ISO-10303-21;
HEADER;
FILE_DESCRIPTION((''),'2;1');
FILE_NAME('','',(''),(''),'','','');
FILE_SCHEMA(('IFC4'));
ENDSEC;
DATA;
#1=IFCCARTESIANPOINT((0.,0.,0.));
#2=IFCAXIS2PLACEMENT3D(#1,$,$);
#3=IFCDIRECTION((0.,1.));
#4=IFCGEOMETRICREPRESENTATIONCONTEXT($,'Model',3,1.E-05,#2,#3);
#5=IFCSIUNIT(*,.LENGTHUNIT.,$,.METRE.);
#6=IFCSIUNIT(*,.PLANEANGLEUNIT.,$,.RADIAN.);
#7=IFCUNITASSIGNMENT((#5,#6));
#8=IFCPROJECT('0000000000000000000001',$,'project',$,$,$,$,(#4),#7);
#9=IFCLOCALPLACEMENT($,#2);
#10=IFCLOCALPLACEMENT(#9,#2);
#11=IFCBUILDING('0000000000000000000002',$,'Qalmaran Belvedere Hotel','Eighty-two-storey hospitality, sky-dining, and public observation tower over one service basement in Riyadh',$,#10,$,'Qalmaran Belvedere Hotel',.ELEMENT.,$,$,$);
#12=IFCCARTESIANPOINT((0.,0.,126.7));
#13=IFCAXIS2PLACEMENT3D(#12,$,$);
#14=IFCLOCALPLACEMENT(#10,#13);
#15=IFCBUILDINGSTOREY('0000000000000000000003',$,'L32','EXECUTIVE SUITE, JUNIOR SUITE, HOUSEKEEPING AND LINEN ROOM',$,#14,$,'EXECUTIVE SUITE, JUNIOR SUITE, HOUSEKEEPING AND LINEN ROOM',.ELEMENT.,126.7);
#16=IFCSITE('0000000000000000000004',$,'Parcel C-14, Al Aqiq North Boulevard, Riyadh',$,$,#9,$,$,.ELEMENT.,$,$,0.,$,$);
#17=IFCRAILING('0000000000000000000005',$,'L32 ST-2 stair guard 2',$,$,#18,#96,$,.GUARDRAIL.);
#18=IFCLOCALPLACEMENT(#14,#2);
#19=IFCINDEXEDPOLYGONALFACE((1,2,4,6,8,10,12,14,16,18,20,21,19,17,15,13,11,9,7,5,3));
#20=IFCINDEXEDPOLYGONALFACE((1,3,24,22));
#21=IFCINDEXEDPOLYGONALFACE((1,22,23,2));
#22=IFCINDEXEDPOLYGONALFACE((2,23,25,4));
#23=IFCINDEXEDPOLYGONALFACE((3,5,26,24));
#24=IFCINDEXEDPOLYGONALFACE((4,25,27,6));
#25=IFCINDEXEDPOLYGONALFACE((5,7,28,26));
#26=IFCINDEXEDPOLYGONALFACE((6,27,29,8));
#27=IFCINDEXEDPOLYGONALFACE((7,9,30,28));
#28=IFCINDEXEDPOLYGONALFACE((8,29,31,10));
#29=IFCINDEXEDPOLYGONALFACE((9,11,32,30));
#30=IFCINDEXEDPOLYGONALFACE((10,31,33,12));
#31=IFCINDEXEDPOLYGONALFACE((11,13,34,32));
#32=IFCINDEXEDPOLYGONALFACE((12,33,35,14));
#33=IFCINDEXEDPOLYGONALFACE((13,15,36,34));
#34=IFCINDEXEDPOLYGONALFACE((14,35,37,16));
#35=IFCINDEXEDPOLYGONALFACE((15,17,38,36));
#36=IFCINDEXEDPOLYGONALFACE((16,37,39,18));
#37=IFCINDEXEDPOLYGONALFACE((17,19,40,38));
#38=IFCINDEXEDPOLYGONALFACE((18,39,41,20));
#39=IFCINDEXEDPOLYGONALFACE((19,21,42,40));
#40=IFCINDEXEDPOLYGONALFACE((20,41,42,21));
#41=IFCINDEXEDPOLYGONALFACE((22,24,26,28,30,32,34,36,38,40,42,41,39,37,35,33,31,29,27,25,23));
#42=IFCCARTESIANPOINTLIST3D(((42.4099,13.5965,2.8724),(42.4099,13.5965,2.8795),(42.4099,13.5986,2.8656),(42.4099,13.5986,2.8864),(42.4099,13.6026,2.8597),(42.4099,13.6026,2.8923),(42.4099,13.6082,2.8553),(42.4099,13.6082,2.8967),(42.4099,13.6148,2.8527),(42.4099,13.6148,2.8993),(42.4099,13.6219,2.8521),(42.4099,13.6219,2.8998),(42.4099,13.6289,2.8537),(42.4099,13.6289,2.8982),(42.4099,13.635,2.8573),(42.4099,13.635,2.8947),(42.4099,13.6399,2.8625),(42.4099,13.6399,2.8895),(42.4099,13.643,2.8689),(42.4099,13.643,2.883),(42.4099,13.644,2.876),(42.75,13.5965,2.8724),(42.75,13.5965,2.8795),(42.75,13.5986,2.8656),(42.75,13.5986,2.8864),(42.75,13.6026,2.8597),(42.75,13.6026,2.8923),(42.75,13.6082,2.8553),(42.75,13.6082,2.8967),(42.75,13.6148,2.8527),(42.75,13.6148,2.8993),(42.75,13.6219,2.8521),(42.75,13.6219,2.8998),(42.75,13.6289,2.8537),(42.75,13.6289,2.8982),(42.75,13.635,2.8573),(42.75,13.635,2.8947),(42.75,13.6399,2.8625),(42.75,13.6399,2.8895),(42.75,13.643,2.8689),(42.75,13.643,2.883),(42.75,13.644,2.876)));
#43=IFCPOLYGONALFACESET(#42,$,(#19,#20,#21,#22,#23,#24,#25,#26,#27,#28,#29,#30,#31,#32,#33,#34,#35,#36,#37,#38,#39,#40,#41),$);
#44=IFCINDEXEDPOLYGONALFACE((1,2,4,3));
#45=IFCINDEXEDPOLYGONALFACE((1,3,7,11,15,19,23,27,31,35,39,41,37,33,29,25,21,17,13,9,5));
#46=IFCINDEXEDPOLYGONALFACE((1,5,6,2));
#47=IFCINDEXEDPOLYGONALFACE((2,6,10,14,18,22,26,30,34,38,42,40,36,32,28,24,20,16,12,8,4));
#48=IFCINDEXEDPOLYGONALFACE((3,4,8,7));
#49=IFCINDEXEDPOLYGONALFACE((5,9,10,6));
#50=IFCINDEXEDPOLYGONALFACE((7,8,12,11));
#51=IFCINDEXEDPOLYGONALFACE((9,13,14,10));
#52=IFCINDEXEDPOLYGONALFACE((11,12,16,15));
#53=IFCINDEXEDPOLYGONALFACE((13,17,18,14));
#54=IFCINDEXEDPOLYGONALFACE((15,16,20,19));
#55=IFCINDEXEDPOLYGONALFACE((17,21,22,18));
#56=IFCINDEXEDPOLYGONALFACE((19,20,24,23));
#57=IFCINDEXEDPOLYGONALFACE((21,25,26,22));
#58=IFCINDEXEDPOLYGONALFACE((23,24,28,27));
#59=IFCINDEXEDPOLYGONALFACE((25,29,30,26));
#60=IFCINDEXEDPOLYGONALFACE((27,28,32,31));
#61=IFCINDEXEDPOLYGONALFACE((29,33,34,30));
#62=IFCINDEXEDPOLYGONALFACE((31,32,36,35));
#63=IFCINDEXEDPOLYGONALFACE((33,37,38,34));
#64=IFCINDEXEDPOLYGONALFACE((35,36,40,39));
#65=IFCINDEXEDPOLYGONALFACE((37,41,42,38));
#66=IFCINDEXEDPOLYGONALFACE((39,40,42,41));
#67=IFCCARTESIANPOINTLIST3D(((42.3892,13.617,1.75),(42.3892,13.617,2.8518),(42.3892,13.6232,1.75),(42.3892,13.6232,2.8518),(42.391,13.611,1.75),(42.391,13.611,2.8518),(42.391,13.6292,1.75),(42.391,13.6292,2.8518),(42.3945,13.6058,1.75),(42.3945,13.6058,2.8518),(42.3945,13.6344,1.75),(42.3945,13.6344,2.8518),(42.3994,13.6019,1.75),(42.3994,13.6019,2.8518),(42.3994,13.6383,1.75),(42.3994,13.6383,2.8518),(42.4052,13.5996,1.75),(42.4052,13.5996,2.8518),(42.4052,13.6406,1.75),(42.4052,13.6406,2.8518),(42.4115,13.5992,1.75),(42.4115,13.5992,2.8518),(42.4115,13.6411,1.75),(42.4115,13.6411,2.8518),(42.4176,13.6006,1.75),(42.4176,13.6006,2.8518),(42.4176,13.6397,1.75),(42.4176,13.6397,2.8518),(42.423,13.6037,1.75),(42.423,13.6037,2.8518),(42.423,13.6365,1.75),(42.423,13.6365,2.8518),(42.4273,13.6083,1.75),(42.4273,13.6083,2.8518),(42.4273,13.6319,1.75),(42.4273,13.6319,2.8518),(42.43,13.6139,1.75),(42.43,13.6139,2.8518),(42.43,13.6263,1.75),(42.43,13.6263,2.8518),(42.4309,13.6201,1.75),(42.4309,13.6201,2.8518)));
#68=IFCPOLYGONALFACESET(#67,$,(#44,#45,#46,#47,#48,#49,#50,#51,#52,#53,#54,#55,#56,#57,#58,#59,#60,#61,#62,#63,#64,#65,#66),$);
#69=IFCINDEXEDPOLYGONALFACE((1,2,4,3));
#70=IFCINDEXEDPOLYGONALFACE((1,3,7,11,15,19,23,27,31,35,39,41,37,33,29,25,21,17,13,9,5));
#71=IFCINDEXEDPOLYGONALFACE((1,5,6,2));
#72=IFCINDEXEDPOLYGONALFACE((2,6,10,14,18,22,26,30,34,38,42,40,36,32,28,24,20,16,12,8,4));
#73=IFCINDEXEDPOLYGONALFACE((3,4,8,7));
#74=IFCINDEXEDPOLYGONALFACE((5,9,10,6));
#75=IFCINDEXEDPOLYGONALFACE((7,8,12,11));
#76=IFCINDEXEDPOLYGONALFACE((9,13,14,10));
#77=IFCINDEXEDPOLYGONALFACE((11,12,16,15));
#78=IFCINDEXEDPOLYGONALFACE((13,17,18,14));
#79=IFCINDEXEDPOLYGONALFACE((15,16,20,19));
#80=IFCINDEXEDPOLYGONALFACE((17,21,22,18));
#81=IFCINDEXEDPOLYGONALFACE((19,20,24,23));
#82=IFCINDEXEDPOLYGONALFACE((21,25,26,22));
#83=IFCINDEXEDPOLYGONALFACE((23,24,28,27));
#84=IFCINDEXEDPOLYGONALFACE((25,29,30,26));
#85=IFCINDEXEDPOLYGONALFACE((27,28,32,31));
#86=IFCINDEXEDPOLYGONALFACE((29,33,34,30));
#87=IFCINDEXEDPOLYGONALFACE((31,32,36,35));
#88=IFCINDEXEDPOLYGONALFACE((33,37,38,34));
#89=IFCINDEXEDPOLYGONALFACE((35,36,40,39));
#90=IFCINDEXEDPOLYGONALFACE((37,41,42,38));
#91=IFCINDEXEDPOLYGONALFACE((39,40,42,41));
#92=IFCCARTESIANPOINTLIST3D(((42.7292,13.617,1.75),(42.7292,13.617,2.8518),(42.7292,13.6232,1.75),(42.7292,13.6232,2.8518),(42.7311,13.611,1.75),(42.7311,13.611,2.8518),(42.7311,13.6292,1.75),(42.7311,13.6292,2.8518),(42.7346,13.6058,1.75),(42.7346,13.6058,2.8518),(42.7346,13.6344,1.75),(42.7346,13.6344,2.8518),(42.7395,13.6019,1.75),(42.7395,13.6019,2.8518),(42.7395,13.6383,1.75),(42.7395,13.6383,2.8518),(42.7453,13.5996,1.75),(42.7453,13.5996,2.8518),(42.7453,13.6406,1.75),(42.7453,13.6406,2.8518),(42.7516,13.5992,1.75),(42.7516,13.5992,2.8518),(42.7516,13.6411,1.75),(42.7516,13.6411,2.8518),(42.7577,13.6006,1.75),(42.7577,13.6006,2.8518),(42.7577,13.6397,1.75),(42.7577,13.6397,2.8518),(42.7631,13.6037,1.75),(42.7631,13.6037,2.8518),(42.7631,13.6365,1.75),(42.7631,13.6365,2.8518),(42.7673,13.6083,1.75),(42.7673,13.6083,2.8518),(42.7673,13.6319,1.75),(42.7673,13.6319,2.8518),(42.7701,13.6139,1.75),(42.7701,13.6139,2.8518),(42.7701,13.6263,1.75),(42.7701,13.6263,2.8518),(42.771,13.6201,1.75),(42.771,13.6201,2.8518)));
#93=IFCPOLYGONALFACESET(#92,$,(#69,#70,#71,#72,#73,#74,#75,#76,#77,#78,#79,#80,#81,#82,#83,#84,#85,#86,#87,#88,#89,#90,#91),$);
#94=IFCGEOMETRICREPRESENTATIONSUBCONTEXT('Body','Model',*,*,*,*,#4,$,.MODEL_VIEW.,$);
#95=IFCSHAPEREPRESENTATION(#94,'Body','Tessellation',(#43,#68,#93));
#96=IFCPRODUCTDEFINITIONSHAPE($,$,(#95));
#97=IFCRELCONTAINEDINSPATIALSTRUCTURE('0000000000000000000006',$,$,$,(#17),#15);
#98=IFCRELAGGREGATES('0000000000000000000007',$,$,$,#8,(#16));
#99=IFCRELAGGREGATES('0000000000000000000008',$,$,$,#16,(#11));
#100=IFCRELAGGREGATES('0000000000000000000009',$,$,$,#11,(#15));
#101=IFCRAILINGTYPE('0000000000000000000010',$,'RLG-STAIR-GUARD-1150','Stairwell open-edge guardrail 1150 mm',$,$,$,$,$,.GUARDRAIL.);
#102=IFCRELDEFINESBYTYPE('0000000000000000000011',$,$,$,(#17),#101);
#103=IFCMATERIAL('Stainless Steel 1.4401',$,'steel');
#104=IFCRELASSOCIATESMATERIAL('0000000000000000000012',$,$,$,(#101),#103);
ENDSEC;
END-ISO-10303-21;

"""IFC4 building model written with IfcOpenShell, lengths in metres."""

from ifc_helpers import new_model, si_unit, direction, frame, origin, origin_2d, place, context, subcontext, project, spatial, circle, extrude, material, type_object, element, save


model = new_model("IFC4")

# Units and contexts
model_context = context("Model", 3, precision=1e-05, world=origin(), true_north=direction((0.0, 1.0)))
body_context = subcontext(model_context, "Body", "Model", "MODEL_VIEW")
ifc_project = project(units=[si_unit("LENGTHUNIT", "METRE"), si_unit("PLANEANGLEUNIT", "RADIAN")], contexts=[model_context])

# Site, building, storey
site_placement = place(None, origin())
site = spatial("IfcSite", under=ifc_project, at=site_placement, Name="Parcel C-14, Al Aqiq North Boulevard, Riyadh", CompositionType="ELEMENT", RefElevation=0.0)
building_placement = place(site_placement, origin())
building = spatial("IfcBuilding", under=site, at=building_placement, Name="Qalmaran Belvedere Hotel", Description="Eighty-two-storey hospitality, sky-dining, and public observation tower over one service basement in Riyadh", LongName="Qalmaran Belvedere Hotel", CompositionType="ELEMENT")
storey_placement = place(building_placement, frame((0.0, 0.0, 126.7)))
storey = spatial("IfcBuildingStorey", under=building, at=storey_placement, Name="L32", Description="EXECUTIVE SUITE, JUNIOR SUITE, HOUSEKEEPING AND LINEN ROOM", LongName="EXECUTIVE SUITE, JUNIOR SUITE, HOUSEKEEPING AND LINEN ROOM", CompositionType="ELEMENT", Elevation=126.7)

# Shared definitions
ifc_material_1 = material(Name="Stainless Steel 1.4401", Category="steel")

# Railing
railing_type_1 = type_object("IfcRailingType", Name="RLG-STAIR-GUARD-1150", Description="Stairwell open-edge guardrail 1150 mm", PredefinedType="GUARDRAIL", material=ifc_material_1)
railing_1_placement = place(storey_placement, frame((42.4099, 13.6201, 1.75)))
element("IfcRailing", 1, at=railing_1_placement, inside=storey, type_object=railing_type_1, Name="L32 ST-2 stair guard 2", PredefinedType="GUARDRAIL", context=body_context, shape_type="SweptSolid", body=[
    extrude(circle(Radius=0.0239, at=origin_2d()), frame((0.0, 0.0, 1.126), z_axis=(1.0, 0.0, 0.0), x_axis=(0.0, 1.0, 0.0)), (0.0, 0.0, 1.0), 0.3401),
    extrude(circle(Radius=0.021, at=origin_2d()), origin(), (0.0, 0.0, 1.0), 1.1018),
    extrude(circle(Radius=0.021, at=origin_2d()), frame((0.3401, 0.0, 0.0)), (0.0, 0.0, 1.0), 1.1018),
])

save(model, "model.ifc")
